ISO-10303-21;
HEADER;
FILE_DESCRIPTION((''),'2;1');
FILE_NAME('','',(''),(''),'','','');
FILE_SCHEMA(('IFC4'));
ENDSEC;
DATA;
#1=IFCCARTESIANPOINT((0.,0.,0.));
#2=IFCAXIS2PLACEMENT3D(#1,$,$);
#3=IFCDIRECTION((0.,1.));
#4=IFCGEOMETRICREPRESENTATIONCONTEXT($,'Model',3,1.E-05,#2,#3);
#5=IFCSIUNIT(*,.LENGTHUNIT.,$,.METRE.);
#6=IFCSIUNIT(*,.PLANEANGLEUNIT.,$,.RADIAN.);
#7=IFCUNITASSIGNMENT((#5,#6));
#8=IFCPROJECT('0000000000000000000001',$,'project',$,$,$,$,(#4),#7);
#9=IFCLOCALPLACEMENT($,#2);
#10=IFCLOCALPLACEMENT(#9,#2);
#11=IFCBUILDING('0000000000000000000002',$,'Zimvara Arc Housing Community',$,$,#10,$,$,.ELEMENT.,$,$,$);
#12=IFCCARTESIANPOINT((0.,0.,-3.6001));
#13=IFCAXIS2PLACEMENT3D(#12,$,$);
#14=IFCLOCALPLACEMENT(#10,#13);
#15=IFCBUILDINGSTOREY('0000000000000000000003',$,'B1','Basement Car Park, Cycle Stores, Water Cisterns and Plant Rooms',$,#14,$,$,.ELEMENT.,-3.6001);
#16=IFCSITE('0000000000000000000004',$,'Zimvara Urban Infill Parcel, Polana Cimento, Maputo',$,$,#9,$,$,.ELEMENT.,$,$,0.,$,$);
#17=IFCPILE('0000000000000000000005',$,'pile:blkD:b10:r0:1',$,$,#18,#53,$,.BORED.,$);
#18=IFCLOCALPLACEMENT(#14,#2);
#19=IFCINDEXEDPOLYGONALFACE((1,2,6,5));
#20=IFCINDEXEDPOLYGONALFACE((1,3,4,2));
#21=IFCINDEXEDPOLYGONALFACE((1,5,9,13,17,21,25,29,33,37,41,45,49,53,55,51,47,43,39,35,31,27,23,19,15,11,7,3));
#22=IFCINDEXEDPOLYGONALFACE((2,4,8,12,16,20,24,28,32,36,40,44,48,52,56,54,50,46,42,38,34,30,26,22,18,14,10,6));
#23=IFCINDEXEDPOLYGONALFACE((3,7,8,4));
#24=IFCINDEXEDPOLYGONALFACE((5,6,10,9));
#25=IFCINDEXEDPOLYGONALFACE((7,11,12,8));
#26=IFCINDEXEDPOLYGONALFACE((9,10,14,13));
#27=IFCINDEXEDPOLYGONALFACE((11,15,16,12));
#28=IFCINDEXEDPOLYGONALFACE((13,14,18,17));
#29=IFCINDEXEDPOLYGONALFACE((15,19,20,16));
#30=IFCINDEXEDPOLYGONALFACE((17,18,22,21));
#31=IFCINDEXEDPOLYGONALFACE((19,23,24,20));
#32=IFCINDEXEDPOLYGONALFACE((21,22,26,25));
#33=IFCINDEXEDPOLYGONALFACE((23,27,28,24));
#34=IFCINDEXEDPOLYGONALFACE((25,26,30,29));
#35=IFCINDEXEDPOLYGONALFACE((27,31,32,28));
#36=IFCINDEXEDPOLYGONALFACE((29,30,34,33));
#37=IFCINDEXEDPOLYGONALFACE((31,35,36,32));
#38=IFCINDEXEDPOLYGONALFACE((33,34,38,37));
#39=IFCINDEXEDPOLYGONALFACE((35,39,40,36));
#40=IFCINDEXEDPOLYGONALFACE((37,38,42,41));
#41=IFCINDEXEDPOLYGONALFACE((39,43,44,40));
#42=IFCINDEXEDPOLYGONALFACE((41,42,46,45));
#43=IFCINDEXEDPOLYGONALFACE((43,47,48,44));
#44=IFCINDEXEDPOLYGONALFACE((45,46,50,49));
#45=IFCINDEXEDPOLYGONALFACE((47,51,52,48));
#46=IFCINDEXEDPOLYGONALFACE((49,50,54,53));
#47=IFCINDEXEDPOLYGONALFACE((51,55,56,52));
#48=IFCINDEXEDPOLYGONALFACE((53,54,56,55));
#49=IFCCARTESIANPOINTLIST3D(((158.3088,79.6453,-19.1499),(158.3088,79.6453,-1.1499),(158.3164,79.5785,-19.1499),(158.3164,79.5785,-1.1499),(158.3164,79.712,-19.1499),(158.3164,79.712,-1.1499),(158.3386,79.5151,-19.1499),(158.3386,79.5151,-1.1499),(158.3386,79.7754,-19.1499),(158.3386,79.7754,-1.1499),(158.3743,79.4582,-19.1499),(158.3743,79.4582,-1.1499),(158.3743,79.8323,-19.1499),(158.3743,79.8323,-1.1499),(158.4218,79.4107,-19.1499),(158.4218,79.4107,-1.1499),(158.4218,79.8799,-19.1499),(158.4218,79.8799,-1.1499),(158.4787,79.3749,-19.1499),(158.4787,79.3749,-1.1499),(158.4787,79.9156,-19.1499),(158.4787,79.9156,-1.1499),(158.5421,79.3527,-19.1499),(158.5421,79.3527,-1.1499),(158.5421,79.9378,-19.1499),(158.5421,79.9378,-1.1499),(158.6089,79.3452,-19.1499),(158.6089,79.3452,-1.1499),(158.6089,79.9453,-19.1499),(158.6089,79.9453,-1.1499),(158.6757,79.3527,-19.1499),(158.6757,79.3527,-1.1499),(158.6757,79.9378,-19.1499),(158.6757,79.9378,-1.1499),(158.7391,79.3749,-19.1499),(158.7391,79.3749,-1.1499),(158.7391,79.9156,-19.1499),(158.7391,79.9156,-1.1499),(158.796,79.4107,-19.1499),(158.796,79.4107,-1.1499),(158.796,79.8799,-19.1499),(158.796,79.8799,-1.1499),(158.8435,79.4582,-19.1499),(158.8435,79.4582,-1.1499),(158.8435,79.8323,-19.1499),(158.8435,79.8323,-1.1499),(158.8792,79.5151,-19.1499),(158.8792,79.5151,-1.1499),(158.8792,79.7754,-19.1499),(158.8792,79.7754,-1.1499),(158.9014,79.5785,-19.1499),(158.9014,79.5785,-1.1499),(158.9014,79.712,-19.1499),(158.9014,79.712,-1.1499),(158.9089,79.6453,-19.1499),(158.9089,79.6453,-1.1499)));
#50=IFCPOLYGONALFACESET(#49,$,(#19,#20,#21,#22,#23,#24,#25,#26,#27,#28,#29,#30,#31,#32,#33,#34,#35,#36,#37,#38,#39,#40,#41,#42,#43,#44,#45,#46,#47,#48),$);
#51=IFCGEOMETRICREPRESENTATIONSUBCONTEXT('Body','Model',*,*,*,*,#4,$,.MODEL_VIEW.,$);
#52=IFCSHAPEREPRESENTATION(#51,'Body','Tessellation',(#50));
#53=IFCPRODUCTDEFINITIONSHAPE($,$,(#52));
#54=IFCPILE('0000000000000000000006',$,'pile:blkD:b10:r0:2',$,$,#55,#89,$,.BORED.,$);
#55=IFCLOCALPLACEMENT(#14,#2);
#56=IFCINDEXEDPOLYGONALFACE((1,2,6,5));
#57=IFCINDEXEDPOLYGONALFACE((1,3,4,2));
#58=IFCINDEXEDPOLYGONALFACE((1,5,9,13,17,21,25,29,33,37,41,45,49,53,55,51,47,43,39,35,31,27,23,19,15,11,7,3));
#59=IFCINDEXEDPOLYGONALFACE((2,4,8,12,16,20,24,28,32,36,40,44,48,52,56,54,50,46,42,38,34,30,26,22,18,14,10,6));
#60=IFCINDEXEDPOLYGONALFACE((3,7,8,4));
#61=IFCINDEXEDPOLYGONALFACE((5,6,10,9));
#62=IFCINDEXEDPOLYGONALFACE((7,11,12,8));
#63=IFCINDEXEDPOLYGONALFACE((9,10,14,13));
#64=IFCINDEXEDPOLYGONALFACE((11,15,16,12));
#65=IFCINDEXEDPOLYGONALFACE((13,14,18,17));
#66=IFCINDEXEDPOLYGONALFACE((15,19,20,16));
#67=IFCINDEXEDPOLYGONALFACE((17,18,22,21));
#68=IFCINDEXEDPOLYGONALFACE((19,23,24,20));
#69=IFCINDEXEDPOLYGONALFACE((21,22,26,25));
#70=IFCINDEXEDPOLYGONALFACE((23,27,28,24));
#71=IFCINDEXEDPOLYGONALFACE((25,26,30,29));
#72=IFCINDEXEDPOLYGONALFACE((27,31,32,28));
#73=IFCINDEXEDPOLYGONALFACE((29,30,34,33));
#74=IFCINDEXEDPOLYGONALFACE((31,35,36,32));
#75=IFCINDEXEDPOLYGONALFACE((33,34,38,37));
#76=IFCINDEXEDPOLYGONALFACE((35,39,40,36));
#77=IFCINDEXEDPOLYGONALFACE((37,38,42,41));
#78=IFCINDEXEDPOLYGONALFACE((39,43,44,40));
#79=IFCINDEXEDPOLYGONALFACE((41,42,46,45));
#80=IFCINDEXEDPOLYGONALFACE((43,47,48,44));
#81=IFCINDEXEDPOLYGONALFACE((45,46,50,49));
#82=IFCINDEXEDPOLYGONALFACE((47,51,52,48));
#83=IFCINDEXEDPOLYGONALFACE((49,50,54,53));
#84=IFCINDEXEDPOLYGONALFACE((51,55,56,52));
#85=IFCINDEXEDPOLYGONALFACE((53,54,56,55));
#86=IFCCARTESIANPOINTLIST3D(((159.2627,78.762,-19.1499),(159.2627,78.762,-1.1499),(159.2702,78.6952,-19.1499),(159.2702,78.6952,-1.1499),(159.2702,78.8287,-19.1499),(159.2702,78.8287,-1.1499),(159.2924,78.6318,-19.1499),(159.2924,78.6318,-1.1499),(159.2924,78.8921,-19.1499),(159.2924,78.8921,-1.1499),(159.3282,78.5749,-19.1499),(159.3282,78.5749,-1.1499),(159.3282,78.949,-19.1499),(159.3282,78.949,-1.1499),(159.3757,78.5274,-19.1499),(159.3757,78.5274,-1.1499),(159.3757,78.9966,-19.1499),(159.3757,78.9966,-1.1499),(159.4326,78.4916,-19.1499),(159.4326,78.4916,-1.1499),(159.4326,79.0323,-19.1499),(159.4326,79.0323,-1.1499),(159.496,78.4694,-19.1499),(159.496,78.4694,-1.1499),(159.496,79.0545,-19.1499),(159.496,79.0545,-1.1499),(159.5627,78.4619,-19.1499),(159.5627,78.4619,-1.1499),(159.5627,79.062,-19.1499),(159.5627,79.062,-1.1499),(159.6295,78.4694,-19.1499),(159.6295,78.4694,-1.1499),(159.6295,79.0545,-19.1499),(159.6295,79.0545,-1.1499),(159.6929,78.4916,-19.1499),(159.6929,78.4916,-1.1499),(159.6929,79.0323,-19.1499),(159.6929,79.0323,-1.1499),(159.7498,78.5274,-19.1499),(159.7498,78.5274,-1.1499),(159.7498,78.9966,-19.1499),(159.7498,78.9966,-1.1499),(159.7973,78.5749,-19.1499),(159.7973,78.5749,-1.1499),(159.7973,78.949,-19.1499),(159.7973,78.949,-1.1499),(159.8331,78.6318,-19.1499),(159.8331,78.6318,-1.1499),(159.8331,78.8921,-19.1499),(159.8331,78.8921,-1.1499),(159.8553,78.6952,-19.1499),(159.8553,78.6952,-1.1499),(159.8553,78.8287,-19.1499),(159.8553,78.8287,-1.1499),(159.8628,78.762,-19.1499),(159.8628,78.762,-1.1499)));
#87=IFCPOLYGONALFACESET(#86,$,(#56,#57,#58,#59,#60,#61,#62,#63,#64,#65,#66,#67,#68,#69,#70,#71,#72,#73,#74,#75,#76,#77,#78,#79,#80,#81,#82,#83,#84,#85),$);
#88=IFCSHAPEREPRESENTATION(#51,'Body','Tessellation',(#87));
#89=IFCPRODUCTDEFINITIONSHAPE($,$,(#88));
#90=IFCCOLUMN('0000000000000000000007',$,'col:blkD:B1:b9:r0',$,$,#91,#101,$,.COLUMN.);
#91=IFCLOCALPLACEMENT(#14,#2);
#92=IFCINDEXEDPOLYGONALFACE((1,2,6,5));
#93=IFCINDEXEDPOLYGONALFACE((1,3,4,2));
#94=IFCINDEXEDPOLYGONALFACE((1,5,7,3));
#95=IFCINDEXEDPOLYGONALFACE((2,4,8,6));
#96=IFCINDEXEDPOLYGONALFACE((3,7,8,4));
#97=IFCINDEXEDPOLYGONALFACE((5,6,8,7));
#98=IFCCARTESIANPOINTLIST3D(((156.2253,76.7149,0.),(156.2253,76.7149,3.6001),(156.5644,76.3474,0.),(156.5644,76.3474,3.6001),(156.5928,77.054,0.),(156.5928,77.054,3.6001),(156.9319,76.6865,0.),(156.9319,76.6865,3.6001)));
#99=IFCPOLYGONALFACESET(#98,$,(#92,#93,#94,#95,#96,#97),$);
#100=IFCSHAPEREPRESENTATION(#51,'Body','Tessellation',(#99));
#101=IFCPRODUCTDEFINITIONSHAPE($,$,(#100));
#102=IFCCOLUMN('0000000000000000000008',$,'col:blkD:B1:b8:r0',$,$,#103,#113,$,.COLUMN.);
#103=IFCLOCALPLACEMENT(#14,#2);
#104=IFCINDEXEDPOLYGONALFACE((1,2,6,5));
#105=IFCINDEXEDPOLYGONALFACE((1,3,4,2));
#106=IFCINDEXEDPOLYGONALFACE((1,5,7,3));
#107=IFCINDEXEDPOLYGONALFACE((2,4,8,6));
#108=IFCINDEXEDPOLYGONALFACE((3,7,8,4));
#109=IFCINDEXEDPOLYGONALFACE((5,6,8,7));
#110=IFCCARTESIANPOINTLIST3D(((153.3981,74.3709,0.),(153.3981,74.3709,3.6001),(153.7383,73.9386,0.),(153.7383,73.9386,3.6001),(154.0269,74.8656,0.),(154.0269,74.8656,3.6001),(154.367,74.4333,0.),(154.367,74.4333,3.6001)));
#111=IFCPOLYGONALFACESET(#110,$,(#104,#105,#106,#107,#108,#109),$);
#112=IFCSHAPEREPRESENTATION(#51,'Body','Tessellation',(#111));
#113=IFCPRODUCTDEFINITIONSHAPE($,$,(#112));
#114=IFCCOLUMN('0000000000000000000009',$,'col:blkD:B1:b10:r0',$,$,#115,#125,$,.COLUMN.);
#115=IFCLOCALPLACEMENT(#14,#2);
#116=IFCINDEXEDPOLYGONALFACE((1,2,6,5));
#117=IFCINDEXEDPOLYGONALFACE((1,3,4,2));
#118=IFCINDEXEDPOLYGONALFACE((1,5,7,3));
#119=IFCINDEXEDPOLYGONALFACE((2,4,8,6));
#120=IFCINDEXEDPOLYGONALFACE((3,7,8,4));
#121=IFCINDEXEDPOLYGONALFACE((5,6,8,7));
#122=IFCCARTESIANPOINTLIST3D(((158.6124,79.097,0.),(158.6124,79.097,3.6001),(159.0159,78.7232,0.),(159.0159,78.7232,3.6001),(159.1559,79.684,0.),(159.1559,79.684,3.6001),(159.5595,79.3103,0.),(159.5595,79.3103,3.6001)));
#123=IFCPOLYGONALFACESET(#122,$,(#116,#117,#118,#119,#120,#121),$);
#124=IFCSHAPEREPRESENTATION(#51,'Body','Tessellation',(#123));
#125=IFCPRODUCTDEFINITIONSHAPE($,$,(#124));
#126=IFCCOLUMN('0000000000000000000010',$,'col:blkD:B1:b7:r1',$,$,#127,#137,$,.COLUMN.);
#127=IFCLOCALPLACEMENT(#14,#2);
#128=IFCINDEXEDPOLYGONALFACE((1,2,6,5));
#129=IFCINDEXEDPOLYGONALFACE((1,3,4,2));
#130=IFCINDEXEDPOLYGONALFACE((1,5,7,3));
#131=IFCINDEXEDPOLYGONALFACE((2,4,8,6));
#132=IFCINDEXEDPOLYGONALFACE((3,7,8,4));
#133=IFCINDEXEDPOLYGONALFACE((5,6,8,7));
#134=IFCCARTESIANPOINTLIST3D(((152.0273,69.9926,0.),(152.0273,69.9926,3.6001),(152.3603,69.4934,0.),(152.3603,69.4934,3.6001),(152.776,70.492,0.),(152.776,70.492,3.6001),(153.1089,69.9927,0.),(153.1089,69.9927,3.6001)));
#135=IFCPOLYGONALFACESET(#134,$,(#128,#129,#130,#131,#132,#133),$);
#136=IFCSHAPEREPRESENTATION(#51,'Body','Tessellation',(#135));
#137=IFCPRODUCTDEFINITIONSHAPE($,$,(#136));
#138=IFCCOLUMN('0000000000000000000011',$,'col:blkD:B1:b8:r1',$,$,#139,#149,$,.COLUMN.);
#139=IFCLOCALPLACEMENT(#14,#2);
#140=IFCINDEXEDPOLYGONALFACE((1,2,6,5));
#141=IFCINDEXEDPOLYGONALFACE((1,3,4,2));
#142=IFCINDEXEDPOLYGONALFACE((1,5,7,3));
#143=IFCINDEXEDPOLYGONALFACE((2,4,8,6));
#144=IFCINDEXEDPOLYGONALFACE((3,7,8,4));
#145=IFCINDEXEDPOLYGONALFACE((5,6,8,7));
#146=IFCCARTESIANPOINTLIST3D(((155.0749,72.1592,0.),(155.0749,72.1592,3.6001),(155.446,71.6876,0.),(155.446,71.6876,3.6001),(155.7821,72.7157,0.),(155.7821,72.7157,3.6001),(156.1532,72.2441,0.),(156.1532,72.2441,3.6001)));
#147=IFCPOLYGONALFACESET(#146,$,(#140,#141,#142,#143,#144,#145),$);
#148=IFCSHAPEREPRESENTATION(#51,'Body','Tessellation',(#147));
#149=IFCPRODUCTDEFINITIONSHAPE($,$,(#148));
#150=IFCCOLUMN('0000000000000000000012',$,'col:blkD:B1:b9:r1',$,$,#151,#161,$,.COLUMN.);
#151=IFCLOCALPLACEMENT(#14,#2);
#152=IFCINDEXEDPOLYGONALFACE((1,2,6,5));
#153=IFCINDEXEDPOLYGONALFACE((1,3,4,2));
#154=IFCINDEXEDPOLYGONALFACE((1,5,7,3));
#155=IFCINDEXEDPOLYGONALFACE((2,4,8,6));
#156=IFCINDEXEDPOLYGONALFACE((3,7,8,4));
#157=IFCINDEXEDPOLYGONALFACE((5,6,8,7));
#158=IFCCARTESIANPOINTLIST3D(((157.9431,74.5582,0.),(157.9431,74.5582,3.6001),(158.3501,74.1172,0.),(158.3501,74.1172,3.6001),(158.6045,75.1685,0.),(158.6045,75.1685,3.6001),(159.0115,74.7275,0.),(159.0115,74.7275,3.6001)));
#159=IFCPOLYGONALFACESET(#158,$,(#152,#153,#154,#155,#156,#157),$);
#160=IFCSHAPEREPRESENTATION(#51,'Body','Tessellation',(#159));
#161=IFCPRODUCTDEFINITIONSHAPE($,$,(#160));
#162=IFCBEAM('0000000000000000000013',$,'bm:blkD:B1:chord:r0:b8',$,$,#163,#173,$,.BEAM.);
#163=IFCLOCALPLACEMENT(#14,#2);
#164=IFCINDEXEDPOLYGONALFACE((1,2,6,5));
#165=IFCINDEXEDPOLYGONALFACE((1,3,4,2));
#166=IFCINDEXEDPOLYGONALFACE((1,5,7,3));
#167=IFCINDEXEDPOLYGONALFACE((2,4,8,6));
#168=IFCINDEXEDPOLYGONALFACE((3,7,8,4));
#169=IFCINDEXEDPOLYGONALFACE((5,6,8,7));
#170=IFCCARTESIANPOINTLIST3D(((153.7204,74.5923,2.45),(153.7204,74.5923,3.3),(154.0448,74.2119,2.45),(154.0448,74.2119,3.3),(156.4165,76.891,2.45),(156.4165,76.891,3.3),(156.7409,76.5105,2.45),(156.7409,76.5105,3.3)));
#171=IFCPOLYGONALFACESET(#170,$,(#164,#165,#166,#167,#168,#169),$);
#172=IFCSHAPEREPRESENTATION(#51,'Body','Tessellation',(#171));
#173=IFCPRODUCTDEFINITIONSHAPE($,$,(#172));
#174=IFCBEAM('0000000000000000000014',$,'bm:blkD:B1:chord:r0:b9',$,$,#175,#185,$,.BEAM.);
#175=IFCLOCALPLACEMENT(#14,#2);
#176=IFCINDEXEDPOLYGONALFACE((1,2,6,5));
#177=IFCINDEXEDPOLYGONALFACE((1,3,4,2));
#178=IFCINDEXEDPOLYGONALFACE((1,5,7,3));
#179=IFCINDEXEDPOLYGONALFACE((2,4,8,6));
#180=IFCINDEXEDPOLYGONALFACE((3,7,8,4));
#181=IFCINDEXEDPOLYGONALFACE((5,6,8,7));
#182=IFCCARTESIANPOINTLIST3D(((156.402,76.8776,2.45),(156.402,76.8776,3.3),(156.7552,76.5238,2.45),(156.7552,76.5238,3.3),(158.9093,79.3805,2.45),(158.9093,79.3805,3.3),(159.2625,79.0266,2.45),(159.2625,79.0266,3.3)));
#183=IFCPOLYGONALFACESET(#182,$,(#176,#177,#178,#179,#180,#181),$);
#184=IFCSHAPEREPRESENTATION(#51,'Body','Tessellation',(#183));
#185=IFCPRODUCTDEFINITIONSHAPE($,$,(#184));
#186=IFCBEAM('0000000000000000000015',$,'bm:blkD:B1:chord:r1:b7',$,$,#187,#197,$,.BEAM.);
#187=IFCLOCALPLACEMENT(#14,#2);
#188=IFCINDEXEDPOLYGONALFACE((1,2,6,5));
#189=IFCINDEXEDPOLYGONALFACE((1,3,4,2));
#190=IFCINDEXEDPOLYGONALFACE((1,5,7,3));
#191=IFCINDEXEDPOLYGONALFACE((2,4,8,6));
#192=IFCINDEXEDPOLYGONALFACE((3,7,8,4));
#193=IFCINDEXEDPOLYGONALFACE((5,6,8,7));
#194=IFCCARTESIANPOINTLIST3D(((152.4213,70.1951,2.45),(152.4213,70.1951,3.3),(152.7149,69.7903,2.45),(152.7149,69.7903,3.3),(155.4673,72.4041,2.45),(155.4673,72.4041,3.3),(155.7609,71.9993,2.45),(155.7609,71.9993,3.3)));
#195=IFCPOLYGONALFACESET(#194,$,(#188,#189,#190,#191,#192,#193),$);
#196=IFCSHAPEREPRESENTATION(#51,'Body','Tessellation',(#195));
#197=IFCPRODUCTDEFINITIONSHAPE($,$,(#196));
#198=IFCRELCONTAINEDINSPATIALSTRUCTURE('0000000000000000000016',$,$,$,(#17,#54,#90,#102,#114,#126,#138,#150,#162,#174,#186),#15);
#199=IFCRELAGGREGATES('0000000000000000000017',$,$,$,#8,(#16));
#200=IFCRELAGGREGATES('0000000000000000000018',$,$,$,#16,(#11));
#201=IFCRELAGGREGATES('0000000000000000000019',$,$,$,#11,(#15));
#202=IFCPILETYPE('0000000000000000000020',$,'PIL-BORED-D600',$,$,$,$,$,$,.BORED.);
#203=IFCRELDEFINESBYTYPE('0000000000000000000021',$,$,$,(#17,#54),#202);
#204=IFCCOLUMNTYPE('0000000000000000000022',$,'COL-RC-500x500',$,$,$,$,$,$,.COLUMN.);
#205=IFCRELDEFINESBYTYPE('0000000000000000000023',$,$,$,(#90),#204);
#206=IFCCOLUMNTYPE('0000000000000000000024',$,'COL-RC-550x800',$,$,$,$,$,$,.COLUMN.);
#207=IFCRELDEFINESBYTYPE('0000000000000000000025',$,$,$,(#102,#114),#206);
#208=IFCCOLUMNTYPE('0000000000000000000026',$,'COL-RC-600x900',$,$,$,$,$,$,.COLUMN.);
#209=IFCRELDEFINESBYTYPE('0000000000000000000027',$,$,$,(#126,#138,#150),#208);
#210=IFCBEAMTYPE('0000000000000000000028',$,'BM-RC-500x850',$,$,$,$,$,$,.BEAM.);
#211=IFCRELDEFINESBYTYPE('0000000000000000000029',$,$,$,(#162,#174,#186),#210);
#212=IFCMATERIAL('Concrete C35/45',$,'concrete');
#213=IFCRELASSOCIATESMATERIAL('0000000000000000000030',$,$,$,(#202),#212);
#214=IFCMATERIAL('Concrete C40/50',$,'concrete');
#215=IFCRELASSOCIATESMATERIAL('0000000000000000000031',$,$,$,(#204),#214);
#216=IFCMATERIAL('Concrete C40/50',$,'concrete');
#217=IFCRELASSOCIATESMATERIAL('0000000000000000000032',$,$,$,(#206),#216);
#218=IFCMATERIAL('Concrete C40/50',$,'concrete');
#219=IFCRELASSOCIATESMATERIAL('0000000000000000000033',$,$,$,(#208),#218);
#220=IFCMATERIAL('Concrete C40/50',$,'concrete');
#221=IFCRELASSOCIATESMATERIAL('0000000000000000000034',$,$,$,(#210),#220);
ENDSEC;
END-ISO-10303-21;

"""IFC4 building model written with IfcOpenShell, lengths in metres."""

from ifc_helpers import new_model, si_unit, direction, frame, origin, origin_2d, place, context, subcontext, project, spatial, rectangle, circle, extrude, material, material_profile, profile_set, type_object, element, save


model = new_model("IFC4")

# Units and contexts
model_context = context("Model", 3, precision=1e-05, world=origin(), true_north=direction((0.0, 1.0)))
body_context = subcontext(model_context, "Body", "Model", "MODEL_VIEW")
ifc_project = project(units=[si_unit("LENGTHUNIT", "METRE"), si_unit("PLANEANGLEUNIT", "RADIAN")], contexts=[model_context])

# Site, building, storey
site_placement = place(None, origin())
site = spatial("IfcSite", under=ifc_project, at=site_placement, Name="Zimvara Urban Infill Parcel, Polana Cimento, Maputo", CompositionType="ELEMENT", RefElevation=0.0)
building_placement = place(site_placement, origin())
building = spatial("IfcBuilding", under=site, at=building_placement, Name="Zimvara Arc Housing Community", CompositionType="ELEMENT")
storey_placement = place(building_placement, frame((0.0, 0.0, -3.6001)))
storey = spatial("IfcBuildingStorey", under=building, at=storey_placement, Name="B1", Description="Basement Car Park, Cycle Stores, Water Cisterns and Plant Rooms", CompositionType="ELEMENT", Elevation=-3.6001)

# Piles
ifc_material_1 = material(Name="Concrete C35/45", Category="concrete")
ifc_material_profile_1 = material_profile(ifc_material_1, circle(Radius=0.3, at=origin_2d()), Name="PILE D600")
ifc_profile_set_1 = profile_set([ifc_material_profile_1], Name="Concrete C35/45")
pile_type = type_object("IfcPileType", Name="PIL-BORED-D600", PredefinedType="BORED", material=ifc_profile_set_1)
for number, where, z_axis, x_axis, name in (
    (1, (158.6089, 79.6453, -1.1499), (0.0, 0.0, -1.0), (1.0, 0.0, 0.0), "pile:blkD:b10:r0:1"),
    (2, (159.5627, 78.762, -1.1499), (0.0, 0.0, -1.0), (1.0, 0.0, 0.0), "pile:blkD:b10:r0:2"),
):
    element("IfcPile", number, at=place(storey_placement, frame(where, z_axis=z_axis, x_axis=x_axis)), inside=storey, type_object=pile_type, Name=name, PredefinedType="BORED", context=body_context, shape_type="SweptSolid", body=[
        extrude(circle(Radius=0.3, at=origin_2d()), origin(), (0.0, 0.0, 1.0), 18.0),
    ])

# Columns
ifc_material_2 = material(Name="Concrete C40/50", Category="concrete")
ifc_material_profile_2 = material_profile(ifc_material_2, rectangle(XDim=0.5, YDim=0.5, at=origin_2d()), Name="RC 500x500")
ifc_profile_set_2 = profile_set([ifc_material_profile_2], Name="Concrete C40/50")
column_type_1 = type_object("IfcColumnType", Name="COL-RC-500x500", PredefinedType="COLUMN", material=ifc_profile_set_2)
column_placement = place(storey_placement, frame((156.5786, 76.7007, 0.0), z_axis=(0.0, 0.0, 1.0), x_axis=(0.67816, -0.734915, 0.0)))
element("IfcColumn", 3, at=column_placement, inside=storey, type_object=column_type_1, Name="col:blkD:B1:b9:r0", PredefinedType="COLUMN", context=body_context, shape_type="SweptSolid", body=[
    extrude(rectangle(XDim=0.5, YDim=0.5, at=origin_2d()), origin(), (0.0, 0.0, 1.0), 3.6001),
])
ifc_material_3 = material(Name="Concrete C40/50", Category="concrete")
ifc_material_profile_3 = material_profile(ifc_material_3, rectangle(XDim=0.55, YDim=0.8, at=origin_2d()), Name="RC 550x800")
ifc_profile_set_3 = profile_set([ifc_material_profile_3], Name="Concrete C40/50")
column_type_2 = type_object("IfcColumnType", Name="COL-RC-550x800", PredefinedType="COLUMN", material=ifc_profile_set_3)
for number, where, z_axis, x_axis, name in (
    (4, (153.8826, 74.4021, 0.0), (0.0, 0.0, 1.0), (0.618408, -0.785857, 0.0), "col:blkD:B1:b8:r0"),
    (5, (159.0859, 79.2036, 0.0), (0.0, 0.0, 1.0), (0.73373, -0.679441, 0.0), "col:blkD:B1:b10:r0"),
):
    element("IfcColumn", number, at=place(storey_placement, frame(where, z_axis=z_axis, x_axis=x_axis)), inside=storey, type_object=column_type_2, Name=name, PredefinedType="COLUMN", context=body_context, shape_type="SweptSolid", body=[
        extrude(rectangle(XDim=0.55, YDim=0.8, at=origin_2d()), origin(), (0.0, 0.0, 1.0), 3.6001),
    ])
ifc_material_4 = material(Name="Concrete C40/50", Category="concrete")
ifc_material_profile_4 = material_profile(ifc_material_4, rectangle(XDim=0.6001, YDim=0.8999, at=origin_2d()), Name="RC 600x900")
ifc_profile_set_4 = profile_set([ifc_material_profile_4], Name="Concrete C40/50")
column_type_3 = type_object("IfcColumnType", Name="COL-RC-600x900", PredefinedType="COLUMN", material=ifc_profile_set_4)
for number, where, z_axis, x_axis, name in (
    (6, (152.5681, 69.9927, 0.0), (0.0, 0.0, 1.0), (0.554844, -0.831954, 0.0), "col:blkD:B1:b7:r1"),
    (7, (155.614, 72.2017, 0.0), (0.0, 0.0, 1.0), (0.618408, -0.785857, 0.0), "col:blkD:B1:b8:r1"),
    (8, (158.4773, 74.6428, 0.0), (0.0, 0.0, 1.0), (0.67816, -0.734915, 0.0), "col:blkD:B1:b9:r1"),
):
    element("IfcColumn", number, at=place(storey_placement, frame(where, z_axis=z_axis, x_axis=x_axis)), inside=storey, type_object=column_type_3, Name=name, PredefinedType="COLUMN", context=body_context, shape_type="SweptSolid", body=[
        extrude(rectangle(XDim=0.6001, YDim=0.8999, at=origin_2d()), origin(), (0.0, 0.0, 1.0), 3.6001),
    ])

# Beams
ifc_material_5 = material(Name="Concrete C40/50", Category="concrete")
ifc_material_profile_5 = material_profile(ifc_material_5, rectangle(XDim=0.5, YDim=0.8501, at=origin_2d()), Name="RC 500x850")
ifc_profile_set_5 = profile_set([ifc_material_profile_5], Name="Concrete C40/50")
beam_type = type_object("IfcBeamType", Name="BM-RC-500x850", PredefinedType="BEAM", material=ifc_profile_set_5)
beam_1_placement = place(storey_placement, frame((153.8826, 74.4021, 2.875), z_axis=(0.760971, 0.648786, 0.0), x_axis=(-0.648786, 0.760971, 0.0)))
element("IfcBeam", 9, at=beam_1_placement, inside=storey, type_object=beam_type, Name="bm:blkD:B1:chord:r0:b8", PredefinedType="BEAM", context=body_context, shape_type="SweptSolid", body=[
    extrude(rectangle(XDim=0.5, YDim=0.8501, at=origin_2d()), origin(), (0.0, 0.0, 1.0), 3.543),
])
beam_2_placement = place(storey_placement, frame((156.5786, 76.7007, 2.875), z_axis=(0.707727, 0.706486, 0.0), x_axis=(-0.706486, 0.707727, 0.0)))
element("IfcBeam", 10, at=beam_2_placement, inside=storey, type_object=beam_type, Name="bm:blkD:B1:chord:r0:b9", PredefinedType="BEAM", context=body_context, shape_type="SweptSolid", body=[
    extrude(rectangle(XDim=0.5, YDim=0.8501, at=origin_2d()), origin(), (0.0, 0.0, 1.0), 3.5427),
])
for number, where, z_axis, x_axis, name in (
    (11, (152.5681, 69.9927, 2.875), (0.809521, 0.587091, 0.0), (-0.587091, 0.809521, 0.0), "bm:blkD:B1:chord:r1:b7"),
):
    element("IfcBeam", number, at=place(storey_placement, frame(where, z_axis=z_axis, x_axis=x_axis)), inside=storey, type_object=beam_type, Name=name, PredefinedType="BEAM", context=body_context, shape_type="SweptSolid", body=[
        extrude(rectangle(XDim=0.5, YDim=0.8501, at=origin_2d()), origin(), (0.0, 0.0, 1.0), 3.7627),
    ])

save(model, "model.ifc")
